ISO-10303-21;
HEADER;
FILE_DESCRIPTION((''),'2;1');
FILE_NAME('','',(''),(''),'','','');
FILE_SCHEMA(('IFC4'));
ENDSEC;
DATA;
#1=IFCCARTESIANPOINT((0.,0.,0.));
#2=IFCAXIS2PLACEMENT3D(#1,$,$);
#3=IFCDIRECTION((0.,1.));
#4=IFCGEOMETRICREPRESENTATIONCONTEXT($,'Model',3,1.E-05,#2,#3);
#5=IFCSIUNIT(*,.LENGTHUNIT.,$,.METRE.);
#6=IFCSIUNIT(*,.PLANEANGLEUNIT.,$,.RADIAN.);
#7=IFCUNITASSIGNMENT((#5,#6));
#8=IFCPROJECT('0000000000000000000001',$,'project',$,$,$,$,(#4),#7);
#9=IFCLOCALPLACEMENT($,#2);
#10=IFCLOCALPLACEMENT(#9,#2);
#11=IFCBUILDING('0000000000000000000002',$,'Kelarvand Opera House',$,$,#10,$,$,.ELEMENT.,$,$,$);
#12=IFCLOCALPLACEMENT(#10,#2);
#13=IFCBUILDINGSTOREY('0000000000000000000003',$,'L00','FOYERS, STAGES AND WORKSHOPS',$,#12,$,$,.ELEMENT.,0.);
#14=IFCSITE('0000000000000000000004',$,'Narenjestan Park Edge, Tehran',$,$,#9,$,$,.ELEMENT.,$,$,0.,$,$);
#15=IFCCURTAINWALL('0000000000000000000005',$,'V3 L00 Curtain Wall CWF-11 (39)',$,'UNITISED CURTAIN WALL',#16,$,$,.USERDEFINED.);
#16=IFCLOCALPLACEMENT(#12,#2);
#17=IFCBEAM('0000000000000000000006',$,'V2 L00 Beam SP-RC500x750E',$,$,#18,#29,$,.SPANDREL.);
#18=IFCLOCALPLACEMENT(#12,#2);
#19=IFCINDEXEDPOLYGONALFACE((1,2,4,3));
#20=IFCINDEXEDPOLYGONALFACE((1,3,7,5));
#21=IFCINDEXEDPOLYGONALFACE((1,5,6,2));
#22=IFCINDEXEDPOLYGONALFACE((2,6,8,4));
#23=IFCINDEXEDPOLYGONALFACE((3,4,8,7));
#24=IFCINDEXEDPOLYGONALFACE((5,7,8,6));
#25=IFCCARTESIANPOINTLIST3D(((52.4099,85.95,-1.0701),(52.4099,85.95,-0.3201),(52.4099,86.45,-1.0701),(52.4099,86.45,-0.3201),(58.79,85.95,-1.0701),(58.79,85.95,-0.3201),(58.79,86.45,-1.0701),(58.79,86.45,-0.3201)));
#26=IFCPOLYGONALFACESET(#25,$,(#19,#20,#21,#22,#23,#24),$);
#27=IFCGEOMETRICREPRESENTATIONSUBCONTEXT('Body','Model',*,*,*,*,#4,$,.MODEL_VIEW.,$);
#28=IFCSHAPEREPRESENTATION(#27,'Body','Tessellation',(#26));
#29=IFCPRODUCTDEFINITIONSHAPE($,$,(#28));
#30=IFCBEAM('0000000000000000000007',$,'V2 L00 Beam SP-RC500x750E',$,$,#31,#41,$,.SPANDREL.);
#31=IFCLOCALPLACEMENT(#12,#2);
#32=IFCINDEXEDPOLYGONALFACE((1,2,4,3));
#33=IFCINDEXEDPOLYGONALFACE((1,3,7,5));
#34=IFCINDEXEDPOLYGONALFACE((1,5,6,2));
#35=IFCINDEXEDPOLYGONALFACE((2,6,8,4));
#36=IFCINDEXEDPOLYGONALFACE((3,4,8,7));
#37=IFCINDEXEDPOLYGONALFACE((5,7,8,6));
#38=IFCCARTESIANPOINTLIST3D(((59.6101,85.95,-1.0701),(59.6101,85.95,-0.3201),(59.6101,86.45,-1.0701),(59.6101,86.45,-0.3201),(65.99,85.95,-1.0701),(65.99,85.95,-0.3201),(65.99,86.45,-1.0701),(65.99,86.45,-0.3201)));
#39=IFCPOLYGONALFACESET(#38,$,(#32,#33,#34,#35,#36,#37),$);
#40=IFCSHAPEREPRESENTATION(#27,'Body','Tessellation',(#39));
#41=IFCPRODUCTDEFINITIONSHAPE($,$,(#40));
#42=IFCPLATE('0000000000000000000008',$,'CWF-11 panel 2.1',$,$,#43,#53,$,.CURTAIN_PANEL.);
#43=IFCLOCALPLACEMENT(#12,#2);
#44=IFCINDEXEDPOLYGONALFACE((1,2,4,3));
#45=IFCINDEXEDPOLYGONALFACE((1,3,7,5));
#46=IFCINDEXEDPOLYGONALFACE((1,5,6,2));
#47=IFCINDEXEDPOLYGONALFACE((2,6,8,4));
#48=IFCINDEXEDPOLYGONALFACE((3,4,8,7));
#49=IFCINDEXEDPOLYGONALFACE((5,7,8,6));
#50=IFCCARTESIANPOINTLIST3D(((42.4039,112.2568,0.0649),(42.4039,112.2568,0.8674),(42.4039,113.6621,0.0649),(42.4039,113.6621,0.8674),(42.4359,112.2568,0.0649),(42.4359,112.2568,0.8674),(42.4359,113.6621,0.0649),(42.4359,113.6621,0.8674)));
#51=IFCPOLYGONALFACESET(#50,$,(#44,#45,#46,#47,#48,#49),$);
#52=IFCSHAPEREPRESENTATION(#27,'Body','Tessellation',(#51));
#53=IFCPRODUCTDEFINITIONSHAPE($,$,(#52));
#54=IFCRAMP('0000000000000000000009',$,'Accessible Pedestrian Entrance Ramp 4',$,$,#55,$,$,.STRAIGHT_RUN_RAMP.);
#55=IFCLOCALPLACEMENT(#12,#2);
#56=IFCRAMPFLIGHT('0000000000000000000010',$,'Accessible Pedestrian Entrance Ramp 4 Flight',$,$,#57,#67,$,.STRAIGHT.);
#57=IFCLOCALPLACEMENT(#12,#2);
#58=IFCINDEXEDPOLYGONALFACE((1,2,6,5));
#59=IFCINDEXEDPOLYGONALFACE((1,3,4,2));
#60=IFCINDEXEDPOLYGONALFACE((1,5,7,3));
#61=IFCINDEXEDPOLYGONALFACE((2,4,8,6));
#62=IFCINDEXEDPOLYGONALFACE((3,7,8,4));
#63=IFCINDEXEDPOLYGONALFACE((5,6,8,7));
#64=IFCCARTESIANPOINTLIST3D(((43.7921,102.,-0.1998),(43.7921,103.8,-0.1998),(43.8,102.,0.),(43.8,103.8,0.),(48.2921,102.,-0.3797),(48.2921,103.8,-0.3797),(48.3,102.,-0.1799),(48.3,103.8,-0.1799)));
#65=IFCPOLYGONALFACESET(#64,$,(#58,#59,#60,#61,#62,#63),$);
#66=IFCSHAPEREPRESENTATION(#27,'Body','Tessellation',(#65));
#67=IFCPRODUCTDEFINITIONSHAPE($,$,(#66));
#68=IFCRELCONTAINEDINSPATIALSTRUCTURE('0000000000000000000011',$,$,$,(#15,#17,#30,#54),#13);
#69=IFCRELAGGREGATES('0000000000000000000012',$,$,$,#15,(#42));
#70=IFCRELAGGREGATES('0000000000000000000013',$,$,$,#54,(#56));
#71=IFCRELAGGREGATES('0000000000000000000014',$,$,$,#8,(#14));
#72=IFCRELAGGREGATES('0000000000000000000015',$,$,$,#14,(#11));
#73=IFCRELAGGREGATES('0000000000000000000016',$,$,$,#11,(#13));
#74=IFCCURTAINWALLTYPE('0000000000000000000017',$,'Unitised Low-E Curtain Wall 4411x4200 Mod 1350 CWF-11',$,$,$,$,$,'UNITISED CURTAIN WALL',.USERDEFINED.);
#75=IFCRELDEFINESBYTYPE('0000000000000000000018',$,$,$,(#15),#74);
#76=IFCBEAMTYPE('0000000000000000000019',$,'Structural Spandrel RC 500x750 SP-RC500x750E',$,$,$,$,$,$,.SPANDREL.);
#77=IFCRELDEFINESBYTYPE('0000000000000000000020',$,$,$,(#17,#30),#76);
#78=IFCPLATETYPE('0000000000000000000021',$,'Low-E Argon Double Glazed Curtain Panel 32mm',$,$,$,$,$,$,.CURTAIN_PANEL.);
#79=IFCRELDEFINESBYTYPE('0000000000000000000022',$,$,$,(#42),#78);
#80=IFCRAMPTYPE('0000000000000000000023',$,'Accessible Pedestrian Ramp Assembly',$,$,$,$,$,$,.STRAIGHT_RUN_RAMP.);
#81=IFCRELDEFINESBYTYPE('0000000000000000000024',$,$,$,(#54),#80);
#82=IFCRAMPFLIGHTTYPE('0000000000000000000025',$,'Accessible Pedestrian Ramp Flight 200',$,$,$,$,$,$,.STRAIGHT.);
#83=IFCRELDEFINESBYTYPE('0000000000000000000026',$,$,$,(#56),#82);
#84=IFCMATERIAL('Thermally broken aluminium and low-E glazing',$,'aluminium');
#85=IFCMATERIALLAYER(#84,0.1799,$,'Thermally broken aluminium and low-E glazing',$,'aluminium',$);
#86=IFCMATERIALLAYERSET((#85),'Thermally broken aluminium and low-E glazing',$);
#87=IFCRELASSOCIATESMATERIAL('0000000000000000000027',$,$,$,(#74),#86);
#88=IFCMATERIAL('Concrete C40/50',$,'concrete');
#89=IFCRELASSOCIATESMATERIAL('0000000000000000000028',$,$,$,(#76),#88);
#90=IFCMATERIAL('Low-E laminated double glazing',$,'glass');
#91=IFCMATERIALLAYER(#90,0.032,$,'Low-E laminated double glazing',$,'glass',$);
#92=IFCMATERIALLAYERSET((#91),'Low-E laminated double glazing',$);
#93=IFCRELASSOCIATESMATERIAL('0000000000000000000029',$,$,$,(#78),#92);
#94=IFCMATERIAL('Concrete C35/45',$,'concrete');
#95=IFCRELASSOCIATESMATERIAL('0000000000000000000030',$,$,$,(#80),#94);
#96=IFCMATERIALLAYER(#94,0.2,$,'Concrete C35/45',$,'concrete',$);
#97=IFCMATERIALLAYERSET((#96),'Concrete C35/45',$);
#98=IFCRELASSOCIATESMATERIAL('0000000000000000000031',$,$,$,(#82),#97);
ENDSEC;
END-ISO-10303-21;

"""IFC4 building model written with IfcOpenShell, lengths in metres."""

from ifc_helpers import new_model, si_unit, direction, frame, origin, origin_2d, place, context, subcontext, project, spatial, polyline, rectangle, outline, extrude, material, layer, layer_set, material_profile, profile_set, type_object, element, aggregate, save


model = new_model("IFC4")

# Units and contexts
model_context = context("Model", 3, precision=1e-05, world=origin(), true_north=direction((0.0, 1.0)))
body_context = subcontext(model_context, "Body", "Model", "MODEL_VIEW")
ifc_project = project(units=[si_unit("LENGTHUNIT", "METRE"), si_unit("PLANEANGLEUNIT", "RADIAN")], contexts=[model_context])

# Site, building, storey
site_placement = place(None, origin())
site = spatial("IfcSite", under=ifc_project, at=site_placement, Name="Narenjestan Park Edge, Tehran", CompositionType="ELEMENT", RefElevation=0.0)
building_placement = place(site_placement, origin())
building = spatial("IfcBuilding", under=site, at=building_placement, Name="Kelarvand Opera House", CompositionType="ELEMENT")
storey_placement = place(building_placement, origin())
storey = spatial("IfcBuildingStorey", under=building, at=storey_placement, Name="L00", Description="FOYERS, STAGES AND WORKSHOPS", CompositionType="ELEMENT", Elevation=0.0)

# Shared definitions
ifc_material_1 = material(Name="Concrete C40/50", Category="concrete")

# Curtain wall
ifc_material_2 = material(Name="Thermally broken aluminium and low-E glazing", Category="aluminium")
ifc_layer_1 = layer(ifc_material_2, 0.1799, Name="Thermally broken aluminium and low-E glazing", Category="aluminium")
ifc_layer_set_1 = layer_set([ifc_layer_1], Name="Thermally broken aluminium and low-E glazing")
curtain_wall_type_1 = type_object("IfcCurtainWallType", Name="Unitised Low-E Curtain Wall 4411x4200 Mod 1350 CWF-11", ElementType="UNITISED CURTAIN WALL", PredefinedType="USERDEFINED", material=ifc_layer_set_1)
curtain_wall_1_placement = place(storey_placement, origin())
curtain_wall_1 = element("IfcCurtainWall", 1, at=curtain_wall_1_placement, inside=storey, type_object=curtain_wall_type_1, Name="V3 L00 Curtain Wall CWF-11 (39)", ObjectType="UNITISED CURTAIN WALL", PredefinedType="USERDEFINED")

# Beams
ifc_material_profile_1 = material_profile(ifc_material_1, rectangle(XDim=0.5, YDim=0.75, at=origin_2d()), Name="RC 500x750", Category="concrete")
ifc_profile_set_1 = profile_set([ifc_material_profile_1], Name="Concrete C40/50")
beam_type_1 = type_object("IfcBeamType", Name="Structural Spandrel RC 500x750 SP-RC500x750E", PredefinedType="SPANDREL", material=ifc_profile_set_1)
beam_1_placement = place(storey_placement, frame((52.4099, 86.2, -0.6951), z_axis=(1.0, 0.0, 0.0), x_axis=(0.0, 1.0, 0.0)))
element("IfcBeam", 2, at=beam_1_placement, inside=storey, type_object=beam_type_1, Name="V2 L00 Beam SP-RC500x750E", PredefinedType="SPANDREL", context=body_context, shape_type="SweptSolid", body=[
    extrude(rectangle(XDim=0.5, YDim=0.75, at=origin_2d()), origin(), (0.0, 0.0, 1.0), 6.3801),
])
beam_2_placement = place(storey_placement, frame((59.6101, 86.2, -0.6951), z_axis=(1.0, 0.0, 0.0), x_axis=(0.0, 1.0, 0.0)))
element("IfcBeam", 3, at=beam_2_placement, inside=storey, type_object=beam_type_1, Name="V2 L00 Beam SP-RC500x750E", PredefinedType="SPANDREL", context=body_context, shape_type="SweptSolid", body=[
    extrude(rectangle(XDim=0.5, YDim=0.75, at=origin_2d()), origin(), (0.0, 0.0, 1.0), 6.3799),
])

# Plate
ifc_material_3 = material(Name="Low-E laminated double glazing", Category="glass")
ifc_layer_2 = layer(ifc_material_3, 0.032, Name="Low-E laminated double glazing", Category="glass")
ifc_layer_set_2 = layer_set([ifc_layer_2], Name="Low-E laminated double glazing")
plate_type = type_object("IfcPlateType", Name="Low-E Argon Double Glazed Curtain Panel 32mm", PredefinedType="CURTAIN_PANEL", material=ifc_layer_set_2)
plate_placement = place(storey_placement, frame((42.4199, 112.9595, 0.0649), z_axis=(0.0, 0.0, 1.0), x_axis=(0.0, -1.0, 0.0)))
plate = element("IfcPlate", 4, at=plate_placement, type_object=plate_type, Name="CWF-11 panel 2.1", PredefinedType="CURTAIN_PANEL", context=body_context, shape_type="SweptSolid", body=[
    extrude(rectangle(XDim=1.4053, YDim=0.032, at=origin_2d()), origin(), (0.0, 0.0, 1.0), 0.8025),
])
aggregate(curtain_wall_1, [plate])

# Shared definitions
ifc_material_4 = material(Name="Concrete C35/45", Category="concrete")

# Ramp, ramp flight
ramp_type = type_object("IfcRampType", Name="Accessible Pedestrian Ramp Assembly", PredefinedType="STRAIGHT_RUN_RAMP", material=ifc_material_4)
ramp_placement = place(storey_placement, origin())
ramp = element("IfcRamp", 5, at=ramp_placement, inside=storey, type_object=ramp_type, Name="Accessible Pedestrian Entrance Ramp 4", PredefinedType="STRAIGHT_RUN_RAMP")
ifc_layer_3 = layer(ifc_material_4, 0.2, Name="Concrete C35/45", Category="concrete")
ifc_layer_set_3 = layer_set([ifc_layer_3], Name="Concrete C35/45")
ramp_flight_type = type_object("IfcRampFlightType", Name="Accessible Pedestrian Ramp Flight 200", PredefinedType="STRAIGHT", material=ifc_layer_set_3)
ramp_flight_placement = place(storey_placement, frame((43.8, 102.0, 0.0), z_axis=(0.039953, 0.0, 0.999202), x_axis=(0.999202, 0.0, -0.039953)))
ramp_flight = element("IfcRampFlight", 6, at=ramp_flight_placement, type_object=ramp_flight_type, Name="Accessible Pedestrian Entrance Ramp 4 Flight", PredefinedType="STRAIGHT", context=body_context, shape_type="SweptSolid", body=[
    extrude(outline(polyline([(0.0, 0.0), (4.5036, 0.0), (4.5036, 1.8), (0.0, 1.8), (0.0, 0.0)])), origin(), (0.0, 0.0, -1.0), 0.2),
])
aggregate(ramp, [ramp_flight])

save(model, "model.ifc")
